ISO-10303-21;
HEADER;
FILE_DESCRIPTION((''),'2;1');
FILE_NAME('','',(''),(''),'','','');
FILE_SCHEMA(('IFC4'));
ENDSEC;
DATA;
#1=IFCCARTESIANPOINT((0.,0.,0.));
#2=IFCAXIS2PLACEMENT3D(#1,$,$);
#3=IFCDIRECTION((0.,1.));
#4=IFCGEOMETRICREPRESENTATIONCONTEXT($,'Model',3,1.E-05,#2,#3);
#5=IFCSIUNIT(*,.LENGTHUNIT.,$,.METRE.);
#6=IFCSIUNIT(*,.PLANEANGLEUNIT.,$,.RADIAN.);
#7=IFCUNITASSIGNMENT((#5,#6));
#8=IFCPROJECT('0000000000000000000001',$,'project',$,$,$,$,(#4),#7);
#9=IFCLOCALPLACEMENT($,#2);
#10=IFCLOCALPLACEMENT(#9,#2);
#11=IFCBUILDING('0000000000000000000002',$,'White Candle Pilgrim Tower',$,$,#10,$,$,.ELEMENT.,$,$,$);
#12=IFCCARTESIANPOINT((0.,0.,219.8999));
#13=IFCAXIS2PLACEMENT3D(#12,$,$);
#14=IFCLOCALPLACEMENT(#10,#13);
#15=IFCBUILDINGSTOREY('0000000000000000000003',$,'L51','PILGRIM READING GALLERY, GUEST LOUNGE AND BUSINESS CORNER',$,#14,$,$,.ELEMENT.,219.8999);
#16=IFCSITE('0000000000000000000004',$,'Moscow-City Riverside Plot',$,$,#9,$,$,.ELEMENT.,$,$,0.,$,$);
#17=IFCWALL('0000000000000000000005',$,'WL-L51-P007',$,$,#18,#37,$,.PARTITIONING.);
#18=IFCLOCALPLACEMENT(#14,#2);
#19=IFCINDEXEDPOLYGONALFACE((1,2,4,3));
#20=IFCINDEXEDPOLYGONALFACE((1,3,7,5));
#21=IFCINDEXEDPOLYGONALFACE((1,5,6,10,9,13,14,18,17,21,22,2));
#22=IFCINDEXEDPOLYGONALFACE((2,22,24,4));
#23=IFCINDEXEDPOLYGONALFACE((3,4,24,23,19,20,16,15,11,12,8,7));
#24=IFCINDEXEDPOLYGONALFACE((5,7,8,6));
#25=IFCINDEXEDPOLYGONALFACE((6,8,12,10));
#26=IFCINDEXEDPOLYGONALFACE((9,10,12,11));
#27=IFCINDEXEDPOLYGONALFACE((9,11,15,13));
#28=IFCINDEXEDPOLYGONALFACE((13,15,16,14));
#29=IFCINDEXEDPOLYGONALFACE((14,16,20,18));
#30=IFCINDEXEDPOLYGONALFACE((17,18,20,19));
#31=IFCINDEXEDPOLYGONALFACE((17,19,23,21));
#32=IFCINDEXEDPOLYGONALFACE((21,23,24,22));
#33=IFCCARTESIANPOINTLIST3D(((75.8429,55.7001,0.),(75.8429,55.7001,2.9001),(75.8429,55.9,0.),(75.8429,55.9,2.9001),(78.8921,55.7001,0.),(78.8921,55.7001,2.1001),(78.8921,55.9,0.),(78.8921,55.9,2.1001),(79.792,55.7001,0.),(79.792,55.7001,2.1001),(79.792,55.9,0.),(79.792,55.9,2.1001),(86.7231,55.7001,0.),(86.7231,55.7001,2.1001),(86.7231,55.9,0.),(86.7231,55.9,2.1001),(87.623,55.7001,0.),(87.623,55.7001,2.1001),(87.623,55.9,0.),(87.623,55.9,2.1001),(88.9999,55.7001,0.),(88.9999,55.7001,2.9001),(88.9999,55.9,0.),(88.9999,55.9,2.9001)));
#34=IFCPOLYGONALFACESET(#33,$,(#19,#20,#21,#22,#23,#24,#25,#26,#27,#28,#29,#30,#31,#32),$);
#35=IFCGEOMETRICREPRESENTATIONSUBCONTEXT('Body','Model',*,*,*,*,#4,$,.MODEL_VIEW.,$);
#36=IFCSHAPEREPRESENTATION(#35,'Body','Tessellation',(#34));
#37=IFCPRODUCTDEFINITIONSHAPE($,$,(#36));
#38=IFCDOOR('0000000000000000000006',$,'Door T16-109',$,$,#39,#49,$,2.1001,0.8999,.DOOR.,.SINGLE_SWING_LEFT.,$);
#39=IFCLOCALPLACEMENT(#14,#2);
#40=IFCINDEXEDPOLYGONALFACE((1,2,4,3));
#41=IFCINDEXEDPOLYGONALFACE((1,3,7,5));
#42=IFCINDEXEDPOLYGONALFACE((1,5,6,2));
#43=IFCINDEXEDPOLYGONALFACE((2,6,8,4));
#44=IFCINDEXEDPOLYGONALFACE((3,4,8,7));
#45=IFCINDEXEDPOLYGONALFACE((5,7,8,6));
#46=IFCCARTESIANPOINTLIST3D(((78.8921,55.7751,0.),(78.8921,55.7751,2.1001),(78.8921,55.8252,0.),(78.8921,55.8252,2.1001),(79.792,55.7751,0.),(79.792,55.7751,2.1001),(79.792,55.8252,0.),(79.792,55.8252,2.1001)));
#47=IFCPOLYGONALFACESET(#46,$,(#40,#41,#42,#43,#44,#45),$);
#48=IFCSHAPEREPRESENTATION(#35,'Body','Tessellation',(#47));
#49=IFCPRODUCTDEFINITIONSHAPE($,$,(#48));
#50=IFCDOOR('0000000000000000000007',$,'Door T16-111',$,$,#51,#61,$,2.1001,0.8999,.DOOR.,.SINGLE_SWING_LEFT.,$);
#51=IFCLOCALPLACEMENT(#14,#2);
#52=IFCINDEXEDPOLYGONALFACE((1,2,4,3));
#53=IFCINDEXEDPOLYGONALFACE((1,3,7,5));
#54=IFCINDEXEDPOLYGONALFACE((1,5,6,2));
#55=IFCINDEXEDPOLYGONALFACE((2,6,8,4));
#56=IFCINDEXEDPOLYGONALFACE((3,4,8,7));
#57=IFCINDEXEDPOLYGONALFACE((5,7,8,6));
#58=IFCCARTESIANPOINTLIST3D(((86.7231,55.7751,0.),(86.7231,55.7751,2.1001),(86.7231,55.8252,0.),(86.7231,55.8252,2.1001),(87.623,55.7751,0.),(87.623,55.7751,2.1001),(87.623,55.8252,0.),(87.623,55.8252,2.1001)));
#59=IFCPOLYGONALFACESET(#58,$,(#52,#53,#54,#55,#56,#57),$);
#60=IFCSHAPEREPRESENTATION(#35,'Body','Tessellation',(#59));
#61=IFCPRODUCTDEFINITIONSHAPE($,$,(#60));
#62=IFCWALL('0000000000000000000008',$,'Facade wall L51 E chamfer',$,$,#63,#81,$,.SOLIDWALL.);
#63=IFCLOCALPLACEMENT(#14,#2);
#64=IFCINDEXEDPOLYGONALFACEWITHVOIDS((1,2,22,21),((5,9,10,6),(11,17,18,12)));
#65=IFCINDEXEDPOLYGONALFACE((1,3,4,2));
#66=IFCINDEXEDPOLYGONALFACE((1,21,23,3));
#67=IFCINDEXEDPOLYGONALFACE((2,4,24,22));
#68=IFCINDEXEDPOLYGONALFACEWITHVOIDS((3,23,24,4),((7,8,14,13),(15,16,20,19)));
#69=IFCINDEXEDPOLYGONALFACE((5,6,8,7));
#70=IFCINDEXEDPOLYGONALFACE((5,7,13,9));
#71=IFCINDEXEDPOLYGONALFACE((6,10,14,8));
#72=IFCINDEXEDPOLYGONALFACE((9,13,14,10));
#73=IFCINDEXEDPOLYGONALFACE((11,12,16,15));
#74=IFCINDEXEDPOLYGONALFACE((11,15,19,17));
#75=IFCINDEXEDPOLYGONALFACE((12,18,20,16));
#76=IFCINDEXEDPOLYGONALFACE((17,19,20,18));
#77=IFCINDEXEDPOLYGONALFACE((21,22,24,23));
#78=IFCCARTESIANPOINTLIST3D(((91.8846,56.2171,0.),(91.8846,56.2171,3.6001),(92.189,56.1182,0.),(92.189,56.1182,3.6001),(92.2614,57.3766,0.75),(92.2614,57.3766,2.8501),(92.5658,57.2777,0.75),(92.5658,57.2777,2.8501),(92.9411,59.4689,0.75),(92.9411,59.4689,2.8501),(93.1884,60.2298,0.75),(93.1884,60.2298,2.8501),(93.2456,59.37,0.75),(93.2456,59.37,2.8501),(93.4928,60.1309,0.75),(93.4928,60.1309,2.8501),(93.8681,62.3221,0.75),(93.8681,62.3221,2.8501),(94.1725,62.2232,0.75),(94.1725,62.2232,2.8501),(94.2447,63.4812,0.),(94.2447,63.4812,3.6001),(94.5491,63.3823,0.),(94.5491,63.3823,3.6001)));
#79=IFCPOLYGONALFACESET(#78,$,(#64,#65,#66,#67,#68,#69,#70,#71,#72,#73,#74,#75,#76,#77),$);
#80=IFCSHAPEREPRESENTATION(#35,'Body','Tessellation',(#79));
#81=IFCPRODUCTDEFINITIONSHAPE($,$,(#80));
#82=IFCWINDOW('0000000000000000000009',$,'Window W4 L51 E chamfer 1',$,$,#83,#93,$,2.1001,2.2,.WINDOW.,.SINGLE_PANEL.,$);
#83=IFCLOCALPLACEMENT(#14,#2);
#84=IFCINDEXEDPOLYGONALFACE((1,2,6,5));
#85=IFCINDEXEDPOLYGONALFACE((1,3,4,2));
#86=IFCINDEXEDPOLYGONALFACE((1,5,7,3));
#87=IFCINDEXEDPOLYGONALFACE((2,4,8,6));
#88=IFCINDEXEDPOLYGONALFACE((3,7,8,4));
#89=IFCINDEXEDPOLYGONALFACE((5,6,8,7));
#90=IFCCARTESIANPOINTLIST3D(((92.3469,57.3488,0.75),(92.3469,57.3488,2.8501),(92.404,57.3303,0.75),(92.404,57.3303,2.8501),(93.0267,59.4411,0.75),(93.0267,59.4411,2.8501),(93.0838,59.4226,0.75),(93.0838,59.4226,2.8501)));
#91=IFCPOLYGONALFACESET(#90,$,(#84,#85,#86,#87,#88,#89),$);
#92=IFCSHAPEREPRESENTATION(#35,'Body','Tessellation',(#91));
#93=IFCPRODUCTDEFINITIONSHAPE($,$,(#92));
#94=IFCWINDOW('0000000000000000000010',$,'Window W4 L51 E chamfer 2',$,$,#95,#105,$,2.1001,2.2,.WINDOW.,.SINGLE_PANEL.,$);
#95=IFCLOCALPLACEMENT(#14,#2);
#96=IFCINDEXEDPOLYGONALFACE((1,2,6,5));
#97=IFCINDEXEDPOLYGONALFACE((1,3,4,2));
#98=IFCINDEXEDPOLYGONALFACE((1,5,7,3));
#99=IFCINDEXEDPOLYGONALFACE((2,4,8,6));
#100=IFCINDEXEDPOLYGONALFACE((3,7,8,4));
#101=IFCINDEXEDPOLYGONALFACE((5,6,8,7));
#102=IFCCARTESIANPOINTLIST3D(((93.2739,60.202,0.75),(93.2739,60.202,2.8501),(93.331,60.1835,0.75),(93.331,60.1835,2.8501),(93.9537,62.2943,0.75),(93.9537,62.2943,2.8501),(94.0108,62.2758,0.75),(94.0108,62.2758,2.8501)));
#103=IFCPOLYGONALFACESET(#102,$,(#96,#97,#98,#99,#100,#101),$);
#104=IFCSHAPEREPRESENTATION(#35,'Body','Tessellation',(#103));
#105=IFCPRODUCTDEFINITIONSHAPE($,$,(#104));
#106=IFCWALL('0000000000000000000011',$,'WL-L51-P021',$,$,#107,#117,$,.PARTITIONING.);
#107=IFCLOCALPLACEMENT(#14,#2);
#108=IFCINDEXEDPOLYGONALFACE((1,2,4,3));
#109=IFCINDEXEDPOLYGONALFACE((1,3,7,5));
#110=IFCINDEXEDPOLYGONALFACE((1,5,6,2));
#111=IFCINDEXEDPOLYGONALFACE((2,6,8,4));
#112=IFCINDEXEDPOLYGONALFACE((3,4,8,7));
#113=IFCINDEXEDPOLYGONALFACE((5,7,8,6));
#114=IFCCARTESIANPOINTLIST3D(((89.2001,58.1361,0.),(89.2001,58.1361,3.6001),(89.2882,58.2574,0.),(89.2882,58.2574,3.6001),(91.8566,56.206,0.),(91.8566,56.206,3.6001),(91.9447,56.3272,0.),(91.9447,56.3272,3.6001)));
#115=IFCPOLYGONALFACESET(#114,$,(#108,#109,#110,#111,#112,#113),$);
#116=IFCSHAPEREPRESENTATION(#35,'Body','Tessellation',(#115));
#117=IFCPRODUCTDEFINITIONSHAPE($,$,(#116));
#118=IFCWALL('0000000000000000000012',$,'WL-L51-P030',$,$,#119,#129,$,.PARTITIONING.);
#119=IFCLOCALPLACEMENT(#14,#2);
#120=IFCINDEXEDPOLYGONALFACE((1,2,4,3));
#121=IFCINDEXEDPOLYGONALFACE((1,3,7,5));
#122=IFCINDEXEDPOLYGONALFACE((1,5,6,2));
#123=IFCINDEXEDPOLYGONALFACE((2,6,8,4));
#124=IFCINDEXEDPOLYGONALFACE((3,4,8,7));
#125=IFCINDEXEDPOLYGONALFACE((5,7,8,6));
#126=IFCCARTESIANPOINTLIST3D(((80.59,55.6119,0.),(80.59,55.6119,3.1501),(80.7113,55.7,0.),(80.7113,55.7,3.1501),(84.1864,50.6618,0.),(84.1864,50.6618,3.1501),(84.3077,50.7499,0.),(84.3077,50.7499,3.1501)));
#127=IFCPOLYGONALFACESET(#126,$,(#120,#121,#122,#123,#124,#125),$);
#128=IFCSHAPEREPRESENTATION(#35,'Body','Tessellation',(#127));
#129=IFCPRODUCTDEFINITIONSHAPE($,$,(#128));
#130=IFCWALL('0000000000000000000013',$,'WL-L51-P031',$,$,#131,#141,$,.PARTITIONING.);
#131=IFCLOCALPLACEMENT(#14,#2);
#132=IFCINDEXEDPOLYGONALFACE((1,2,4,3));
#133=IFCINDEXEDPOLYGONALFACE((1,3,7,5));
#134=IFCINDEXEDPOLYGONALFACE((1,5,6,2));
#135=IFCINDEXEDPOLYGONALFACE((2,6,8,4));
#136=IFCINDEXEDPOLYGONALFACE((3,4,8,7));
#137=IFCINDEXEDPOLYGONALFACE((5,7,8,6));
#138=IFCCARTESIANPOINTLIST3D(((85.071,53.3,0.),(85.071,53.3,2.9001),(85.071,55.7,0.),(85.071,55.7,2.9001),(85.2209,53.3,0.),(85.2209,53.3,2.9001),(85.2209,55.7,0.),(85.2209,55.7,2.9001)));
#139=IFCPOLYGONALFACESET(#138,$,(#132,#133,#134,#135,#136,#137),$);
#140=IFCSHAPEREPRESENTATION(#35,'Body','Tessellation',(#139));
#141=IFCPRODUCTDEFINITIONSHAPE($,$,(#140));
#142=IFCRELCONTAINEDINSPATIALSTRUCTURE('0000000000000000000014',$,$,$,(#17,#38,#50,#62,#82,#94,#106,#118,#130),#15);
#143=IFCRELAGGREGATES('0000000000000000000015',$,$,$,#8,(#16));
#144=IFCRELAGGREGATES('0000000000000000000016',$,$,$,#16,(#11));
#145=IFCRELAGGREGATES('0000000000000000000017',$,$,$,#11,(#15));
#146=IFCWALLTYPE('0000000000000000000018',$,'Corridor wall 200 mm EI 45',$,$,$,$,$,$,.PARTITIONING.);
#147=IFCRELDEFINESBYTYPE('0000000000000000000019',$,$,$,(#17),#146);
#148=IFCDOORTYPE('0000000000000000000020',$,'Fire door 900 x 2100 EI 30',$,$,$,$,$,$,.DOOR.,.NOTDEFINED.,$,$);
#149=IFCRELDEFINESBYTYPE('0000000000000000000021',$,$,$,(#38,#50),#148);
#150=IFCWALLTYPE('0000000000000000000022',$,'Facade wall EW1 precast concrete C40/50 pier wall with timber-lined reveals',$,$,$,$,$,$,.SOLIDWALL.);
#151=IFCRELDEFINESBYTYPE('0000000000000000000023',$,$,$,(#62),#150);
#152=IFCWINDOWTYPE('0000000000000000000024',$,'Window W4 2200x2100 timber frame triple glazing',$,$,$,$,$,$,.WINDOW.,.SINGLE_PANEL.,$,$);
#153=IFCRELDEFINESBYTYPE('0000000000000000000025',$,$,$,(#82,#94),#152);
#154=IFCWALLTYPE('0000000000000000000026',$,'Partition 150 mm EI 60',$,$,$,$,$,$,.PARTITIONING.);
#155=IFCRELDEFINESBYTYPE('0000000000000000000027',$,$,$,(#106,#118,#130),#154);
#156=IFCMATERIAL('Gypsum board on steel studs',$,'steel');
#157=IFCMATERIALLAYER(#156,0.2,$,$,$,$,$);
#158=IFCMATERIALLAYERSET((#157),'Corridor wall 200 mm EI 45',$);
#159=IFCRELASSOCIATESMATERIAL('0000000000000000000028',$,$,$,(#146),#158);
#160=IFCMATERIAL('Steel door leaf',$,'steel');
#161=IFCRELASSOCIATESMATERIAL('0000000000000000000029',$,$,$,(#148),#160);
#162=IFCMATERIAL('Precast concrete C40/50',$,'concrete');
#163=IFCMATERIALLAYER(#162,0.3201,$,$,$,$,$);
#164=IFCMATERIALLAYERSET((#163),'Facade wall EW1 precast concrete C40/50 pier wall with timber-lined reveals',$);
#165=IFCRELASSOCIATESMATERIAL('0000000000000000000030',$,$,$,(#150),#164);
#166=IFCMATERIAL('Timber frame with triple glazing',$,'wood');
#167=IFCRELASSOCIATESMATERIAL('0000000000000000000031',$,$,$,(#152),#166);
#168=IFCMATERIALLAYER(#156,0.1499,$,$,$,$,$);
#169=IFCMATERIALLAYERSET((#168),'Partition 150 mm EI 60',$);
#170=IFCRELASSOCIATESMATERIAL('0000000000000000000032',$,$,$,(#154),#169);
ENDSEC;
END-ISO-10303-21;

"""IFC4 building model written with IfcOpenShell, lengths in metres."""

from ifc_helpers import new_model, si_unit, direction, frame, frame_2d, origin, place, context, subcontext, project, spatial, rectangle, extrude, material, layer, layer_set, type_object, element, fill, save


model = new_model("IFC4")

# Units and contexts
model_context = context("Model", 3, precision=1e-05, world=origin(), true_north=direction((0.0, 1.0)))
body_context = subcontext(model_context, "Body", "Model", "MODEL_VIEW")
ifc_project = project(units=[si_unit("LENGTHUNIT", "METRE"), si_unit("PLANEANGLEUNIT", "RADIAN")], contexts=[model_context])

# Site, building, storey
site_placement = place(None, origin())
site = spatial("IfcSite", under=ifc_project, at=site_placement, Name="Moscow-City Riverside Plot", CompositionType="ELEMENT", RefElevation=0.0)
building_placement = place(site_placement, origin())
building = spatial("IfcBuilding", under=site, at=building_placement, Name="White Candle Pilgrim Tower", CompositionType="ELEMENT")
storey_placement = place(building_placement, frame((0.0, 0.0, 219.8999)))
storey = spatial("IfcBuildingStorey", under=building, at=storey_placement, Name="L51", Description="PILGRIM READING GALLERY, GUEST LOUNGE AND BUSINESS CORNER", CompositionType="ELEMENT", Elevation=219.8999)

# Wall, openings, doors
ifc_material_1 = material(Name="Gypsum board on steel studs", Category="steel")
ifc_layer_1 = layer(ifc_material_1, 0.2)
ifc_layer_set_1 = layer_set([ifc_layer_1], Name="Corridor wall 200 mm EI 45")
wall_type_1 = type_object("IfcWallType", Name="Corridor wall 200 mm EI 45", PredefinedType="PARTITIONING", material=ifc_layer_set_1)
wall_1_placement = place(storey_placement, frame((89.0, 55.8, 0.0), z_axis=(0.0, 0.0, 1.0), x_axis=(-1.0, 0.0, 0.0)))
wall_1 = element("IfcWall", 1, at=wall_1_placement, inside=storey, type_object=wall_type_1, Name="WL-L51-P007", PredefinedType="PARTITIONING", context=body_context, shape_type="SweptSolid", body=[
    extrude(rectangle(XDim=13.157, YDim=0.2, at=frame_2d((6.5786, 0.0))), origin(), (0.0, 0.0, 1.0), 2.9001),
])
opening_1_placement = place(wall_1_placement, frame((9.208, 0.0, 0.0)))
opening_1 = element("IfcOpeningElement", 2, at=opening_1_placement, cuts=wall_1, PredefinedType="OPENING", context=body_context, shape_type="SweptSolid", body=[
    extrude(rectangle(XDim=0.8999, YDim=2.1001, at=frame_2d((0.45, 1.05))), frame((0.0, 0.1099, 0.0), z_axis=(0.0, -1.0, 0.0), x_axis=(1.0, 0.0, 0.0)), (0.0, 0.0, 1.0), 0.22),
])
opening_2_placement = place(wall_1_placement, frame((1.377, 0.0, 0.0)))
opening_2 = element("IfcOpeningElement", 3, at=opening_2_placement, cuts=wall_1, PredefinedType="OPENING", context=body_context, shape_type="SweptSolid", body=[
    extrude(rectangle(XDim=0.8999, YDim=2.1001, at=frame_2d((0.45, 1.05))), frame((0.0, 0.1099, 0.0), z_axis=(0.0, -1.0, 0.0), x_axis=(1.0, 0.0, 0.0)), (0.0, 0.0, 1.0), 0.22),
])
ifc_material_2 = material(Name="Steel door leaf", Category="steel")
door_type_1 = type_object("IfcDoorType", Name="Fire door 900 x 2100 EI 30", OperationType="NOTDEFINED", PredefinedType="DOOR", material=ifc_material_2)
door_1_placement = place(opening_1_placement, origin())
door_1 = element("IfcDoor", 4, at=door_1_placement, inside=storey, type_object=door_type_1, Name="Door T16-109", OperationType="SINGLE_SWING_LEFT", OverallHeight=2.1001, OverallWidth=0.8999, PredefinedType="DOOR", context=body_context, shape_type="SweptSolid", body=[
    extrude(rectangle(XDim=0.8999, YDim=2.1001, at=frame_2d((0.45, 1.05))), frame((0.0, 0.0249, 0.0), z_axis=(0.0, -1.0, 0.0), x_axis=(1.0, 0.0, 0.0)), (0.0, 0.0, 1.0), 0.05),
])
fill(opening_1, door_1)
door_2_placement = place(opening_2_placement, origin())
door_2 = element("IfcDoor", 5, at=door_2_placement, inside=storey, type_object=door_type_1, Name="Door T16-111", OperationType="SINGLE_SWING_LEFT", OverallHeight=2.1001, OverallWidth=0.8999, PredefinedType="DOOR", context=body_context, shape_type="SweptSolid", body=[
    extrude(rectangle(XDim=0.8999, YDim=2.1001, at=frame_2d((0.45, 1.05))), frame((0.0, 0.0249, 0.0), z_axis=(0.0, -1.0, 0.0), x_axis=(1.0, 0.0, 0.0)), (0.0, 0.0, 1.0), 0.05),
])
fill(opening_2, door_2)

# Wall, openings, windows
ifc_material_3 = material(Name="Precast concrete C40/50", Category="concrete")
ifc_layer_2 = layer(ifc_material_3, 0.3201)
ifc_layer_set_2 = layer_set([ifc_layer_2], Name="Facade wall EW1 precast concrete C40/50 pier wall with timber-lined reveals")
wall_type_2 = type_object("IfcWallType", Name="Facade wall EW1 precast concrete C40/50 pier wall with timber-lined reveals", PredefinedType="SOLIDWALL", material=ifc_layer_set_2)
wall_2_placement = place(storey_placement, frame((92.0369, 56.1677, 0.0), z_axis=(0.0, 0.0, 1.0), x_axis=(0.308998, 0.951063, 0.0)))
wall_2 = element("IfcWall", 6, at=wall_2_placement, inside=storey, type_object=wall_type_2, Name="Facade wall L51 E chamfer", PredefinedType="SOLIDWALL", context=body_context, shape_type="SweptSolid", body=[
    extrude(rectangle(XDim=7.6379, YDim=0.3201, at=frame_2d((3.8188, 0.0))), origin(), (0.0, 0.0, 1.0), 3.6001),
])
opening_3_placement = place(wall_2_placement, frame((1.219, 0.0, 0.75)))
opening_3 = element("IfcOpeningElement", 7, at=opening_3_placement, cuts=wall_2, PredefinedType="OPENING", context=body_context, shape_type="SweptSolid", body=[
    extrude(rectangle(XDim=2.2, YDim=2.1001, at=frame_2d((1.1001, 1.05))), frame((0.0, 0.1699, 0.0), z_axis=(0.0, -1.0, 0.0), x_axis=(1.0, 0.0, 0.0)), (0.0, 0.0, 1.0), 0.3401),
])
opening_4_placement = place(wall_2_placement, frame((4.219, 0.0, 0.75)))
opening_4 = element("IfcOpeningElement", 8, at=opening_4_placement, cuts=wall_2, PredefinedType="OPENING", context=body_context, shape_type="SweptSolid", body=[
    extrude(rectangle(XDim=2.2, YDim=2.1001, at=frame_2d((1.1001, 1.05))), frame((0.0, 0.1699, 0.0), z_axis=(0.0, -1.0, 0.0), x_axis=(1.0, 0.0, 0.0)), (0.0, 0.0, 1.0), 0.3401),
])
ifc_material_4 = material(Name="Timber frame with triple glazing", Category="wood")
window_type = type_object("IfcWindowType", Name="Window W4 2200x2100 timber frame triple glazing", PartitioningType="SINGLE_PANEL", PredefinedType="WINDOW", material=ifc_material_4)
window_1_placement = place(opening_3_placement, origin())
window_1 = element("IfcWindow", 9, at=window_1_placement, inside=storey, type_object=window_type, Name="Window W4 L51 E chamfer 1", OverallHeight=2.1001, OverallWidth=2.2, PartitioningType="SINGLE_PANEL", PredefinedType="WINDOW", context=body_context, shape_type="SweptSolid", body=[
    extrude(rectangle(XDim=2.2, YDim=2.1001, at=frame_2d((1.1001, 1.05))), frame((0.0, 0.0701, 0.0), z_axis=(0.0, -1.0, 0.0), x_axis=(1.0, 0.0, 0.0)), (0.0, 0.0, 1.0), 0.0601),
])
fill(opening_3, window_1)
window_2_placement = place(opening_4_placement, origin())
window_2 = element("IfcWindow", 10, at=window_2_placement, inside=storey, type_object=window_type, Name="Window W4 L51 E chamfer 2", OverallHeight=2.1001, OverallWidth=2.2, PartitioningType="SINGLE_PANEL", PredefinedType="WINDOW", context=body_context, shape_type="SweptSolid", body=[
    extrude(rectangle(XDim=2.2, YDim=2.1001, at=frame_2d((1.1001, 1.05))), frame((0.0, 0.0701, 0.0), z_axis=(0.0, -1.0, 0.0), x_axis=(1.0, 0.0, 0.0)), (0.0, 0.0, 1.0), 0.0601),
])
fill(opening_4, window_2)

# Walls
ifc_layer_3 = layer(ifc_material_1, 0.1499)
ifc_layer_set_3 = layer_set([ifc_layer_3], Name="Partition 150 mm EI 60")
wall_type_3 = type_object("IfcWallType", Name="Partition 150 mm EI 60", PredefinedType="PARTITIONING", material=ifc_layer_set_3)
wall_3_placement = place(storey_placement, frame((91.9006, 56.2666, 0.0), z_axis=(0.0, 0.0, 1.0), x_axis=(-0.809, 0.587809, 0.0)))
element("IfcWall", 11, at=wall_3_placement, inside=storey, type_object=wall_type_3, Name="WL-L51-P021", PredefinedType="PARTITIONING", context=body_context, shape_type="SweptSolid", body=[
    extrude(rectangle(XDim=3.2837, YDim=0.1499, at=frame_2d((1.6418, 0.0))), origin(), (0.0, 0.0, 1.0), 3.6001),
])
wall_4_placement = place(storey_placement, frame((84.2471, 50.7058, 0.0), z_axis=(0.0, 0.0, 1.0), x_axis=(-0.587775, 0.809024, 0.0)))
element("IfcWall", 12, at=wall_4_placement, inside=storey, type_object=wall_type_3, Name="WL-L51-P030", PredefinedType="PARTITIONING", context=body_context, shape_type="SweptSolid", body=[
    extrude(rectangle(XDim=6.1187, YDim=0.1499, at=frame_2d((3.0593, 0.0))), origin(), (0.0, 0.0, 1.0), 3.1501),
])
wall_5_placement = place(storey_placement, frame((85.146, 55.7, 0.0), z_axis=(0.0, 0.0, 1.0), x_axis=(0.0, -1.0, 0.0)))
element("IfcWall", 13, at=wall_5_placement, inside=storey, type_object=wall_type_3, Name="WL-L51-P031", PredefinedType="PARTITIONING", context=body_context, shape_type="SweptSolid", body=[
    extrude(rectangle(XDim=2.3999, YDim=0.1499, at=frame_2d((1.2, 0.0))), origin(), (0.0, 0.0, 1.0), 2.9001),
])

save(model, "model.ifc")
